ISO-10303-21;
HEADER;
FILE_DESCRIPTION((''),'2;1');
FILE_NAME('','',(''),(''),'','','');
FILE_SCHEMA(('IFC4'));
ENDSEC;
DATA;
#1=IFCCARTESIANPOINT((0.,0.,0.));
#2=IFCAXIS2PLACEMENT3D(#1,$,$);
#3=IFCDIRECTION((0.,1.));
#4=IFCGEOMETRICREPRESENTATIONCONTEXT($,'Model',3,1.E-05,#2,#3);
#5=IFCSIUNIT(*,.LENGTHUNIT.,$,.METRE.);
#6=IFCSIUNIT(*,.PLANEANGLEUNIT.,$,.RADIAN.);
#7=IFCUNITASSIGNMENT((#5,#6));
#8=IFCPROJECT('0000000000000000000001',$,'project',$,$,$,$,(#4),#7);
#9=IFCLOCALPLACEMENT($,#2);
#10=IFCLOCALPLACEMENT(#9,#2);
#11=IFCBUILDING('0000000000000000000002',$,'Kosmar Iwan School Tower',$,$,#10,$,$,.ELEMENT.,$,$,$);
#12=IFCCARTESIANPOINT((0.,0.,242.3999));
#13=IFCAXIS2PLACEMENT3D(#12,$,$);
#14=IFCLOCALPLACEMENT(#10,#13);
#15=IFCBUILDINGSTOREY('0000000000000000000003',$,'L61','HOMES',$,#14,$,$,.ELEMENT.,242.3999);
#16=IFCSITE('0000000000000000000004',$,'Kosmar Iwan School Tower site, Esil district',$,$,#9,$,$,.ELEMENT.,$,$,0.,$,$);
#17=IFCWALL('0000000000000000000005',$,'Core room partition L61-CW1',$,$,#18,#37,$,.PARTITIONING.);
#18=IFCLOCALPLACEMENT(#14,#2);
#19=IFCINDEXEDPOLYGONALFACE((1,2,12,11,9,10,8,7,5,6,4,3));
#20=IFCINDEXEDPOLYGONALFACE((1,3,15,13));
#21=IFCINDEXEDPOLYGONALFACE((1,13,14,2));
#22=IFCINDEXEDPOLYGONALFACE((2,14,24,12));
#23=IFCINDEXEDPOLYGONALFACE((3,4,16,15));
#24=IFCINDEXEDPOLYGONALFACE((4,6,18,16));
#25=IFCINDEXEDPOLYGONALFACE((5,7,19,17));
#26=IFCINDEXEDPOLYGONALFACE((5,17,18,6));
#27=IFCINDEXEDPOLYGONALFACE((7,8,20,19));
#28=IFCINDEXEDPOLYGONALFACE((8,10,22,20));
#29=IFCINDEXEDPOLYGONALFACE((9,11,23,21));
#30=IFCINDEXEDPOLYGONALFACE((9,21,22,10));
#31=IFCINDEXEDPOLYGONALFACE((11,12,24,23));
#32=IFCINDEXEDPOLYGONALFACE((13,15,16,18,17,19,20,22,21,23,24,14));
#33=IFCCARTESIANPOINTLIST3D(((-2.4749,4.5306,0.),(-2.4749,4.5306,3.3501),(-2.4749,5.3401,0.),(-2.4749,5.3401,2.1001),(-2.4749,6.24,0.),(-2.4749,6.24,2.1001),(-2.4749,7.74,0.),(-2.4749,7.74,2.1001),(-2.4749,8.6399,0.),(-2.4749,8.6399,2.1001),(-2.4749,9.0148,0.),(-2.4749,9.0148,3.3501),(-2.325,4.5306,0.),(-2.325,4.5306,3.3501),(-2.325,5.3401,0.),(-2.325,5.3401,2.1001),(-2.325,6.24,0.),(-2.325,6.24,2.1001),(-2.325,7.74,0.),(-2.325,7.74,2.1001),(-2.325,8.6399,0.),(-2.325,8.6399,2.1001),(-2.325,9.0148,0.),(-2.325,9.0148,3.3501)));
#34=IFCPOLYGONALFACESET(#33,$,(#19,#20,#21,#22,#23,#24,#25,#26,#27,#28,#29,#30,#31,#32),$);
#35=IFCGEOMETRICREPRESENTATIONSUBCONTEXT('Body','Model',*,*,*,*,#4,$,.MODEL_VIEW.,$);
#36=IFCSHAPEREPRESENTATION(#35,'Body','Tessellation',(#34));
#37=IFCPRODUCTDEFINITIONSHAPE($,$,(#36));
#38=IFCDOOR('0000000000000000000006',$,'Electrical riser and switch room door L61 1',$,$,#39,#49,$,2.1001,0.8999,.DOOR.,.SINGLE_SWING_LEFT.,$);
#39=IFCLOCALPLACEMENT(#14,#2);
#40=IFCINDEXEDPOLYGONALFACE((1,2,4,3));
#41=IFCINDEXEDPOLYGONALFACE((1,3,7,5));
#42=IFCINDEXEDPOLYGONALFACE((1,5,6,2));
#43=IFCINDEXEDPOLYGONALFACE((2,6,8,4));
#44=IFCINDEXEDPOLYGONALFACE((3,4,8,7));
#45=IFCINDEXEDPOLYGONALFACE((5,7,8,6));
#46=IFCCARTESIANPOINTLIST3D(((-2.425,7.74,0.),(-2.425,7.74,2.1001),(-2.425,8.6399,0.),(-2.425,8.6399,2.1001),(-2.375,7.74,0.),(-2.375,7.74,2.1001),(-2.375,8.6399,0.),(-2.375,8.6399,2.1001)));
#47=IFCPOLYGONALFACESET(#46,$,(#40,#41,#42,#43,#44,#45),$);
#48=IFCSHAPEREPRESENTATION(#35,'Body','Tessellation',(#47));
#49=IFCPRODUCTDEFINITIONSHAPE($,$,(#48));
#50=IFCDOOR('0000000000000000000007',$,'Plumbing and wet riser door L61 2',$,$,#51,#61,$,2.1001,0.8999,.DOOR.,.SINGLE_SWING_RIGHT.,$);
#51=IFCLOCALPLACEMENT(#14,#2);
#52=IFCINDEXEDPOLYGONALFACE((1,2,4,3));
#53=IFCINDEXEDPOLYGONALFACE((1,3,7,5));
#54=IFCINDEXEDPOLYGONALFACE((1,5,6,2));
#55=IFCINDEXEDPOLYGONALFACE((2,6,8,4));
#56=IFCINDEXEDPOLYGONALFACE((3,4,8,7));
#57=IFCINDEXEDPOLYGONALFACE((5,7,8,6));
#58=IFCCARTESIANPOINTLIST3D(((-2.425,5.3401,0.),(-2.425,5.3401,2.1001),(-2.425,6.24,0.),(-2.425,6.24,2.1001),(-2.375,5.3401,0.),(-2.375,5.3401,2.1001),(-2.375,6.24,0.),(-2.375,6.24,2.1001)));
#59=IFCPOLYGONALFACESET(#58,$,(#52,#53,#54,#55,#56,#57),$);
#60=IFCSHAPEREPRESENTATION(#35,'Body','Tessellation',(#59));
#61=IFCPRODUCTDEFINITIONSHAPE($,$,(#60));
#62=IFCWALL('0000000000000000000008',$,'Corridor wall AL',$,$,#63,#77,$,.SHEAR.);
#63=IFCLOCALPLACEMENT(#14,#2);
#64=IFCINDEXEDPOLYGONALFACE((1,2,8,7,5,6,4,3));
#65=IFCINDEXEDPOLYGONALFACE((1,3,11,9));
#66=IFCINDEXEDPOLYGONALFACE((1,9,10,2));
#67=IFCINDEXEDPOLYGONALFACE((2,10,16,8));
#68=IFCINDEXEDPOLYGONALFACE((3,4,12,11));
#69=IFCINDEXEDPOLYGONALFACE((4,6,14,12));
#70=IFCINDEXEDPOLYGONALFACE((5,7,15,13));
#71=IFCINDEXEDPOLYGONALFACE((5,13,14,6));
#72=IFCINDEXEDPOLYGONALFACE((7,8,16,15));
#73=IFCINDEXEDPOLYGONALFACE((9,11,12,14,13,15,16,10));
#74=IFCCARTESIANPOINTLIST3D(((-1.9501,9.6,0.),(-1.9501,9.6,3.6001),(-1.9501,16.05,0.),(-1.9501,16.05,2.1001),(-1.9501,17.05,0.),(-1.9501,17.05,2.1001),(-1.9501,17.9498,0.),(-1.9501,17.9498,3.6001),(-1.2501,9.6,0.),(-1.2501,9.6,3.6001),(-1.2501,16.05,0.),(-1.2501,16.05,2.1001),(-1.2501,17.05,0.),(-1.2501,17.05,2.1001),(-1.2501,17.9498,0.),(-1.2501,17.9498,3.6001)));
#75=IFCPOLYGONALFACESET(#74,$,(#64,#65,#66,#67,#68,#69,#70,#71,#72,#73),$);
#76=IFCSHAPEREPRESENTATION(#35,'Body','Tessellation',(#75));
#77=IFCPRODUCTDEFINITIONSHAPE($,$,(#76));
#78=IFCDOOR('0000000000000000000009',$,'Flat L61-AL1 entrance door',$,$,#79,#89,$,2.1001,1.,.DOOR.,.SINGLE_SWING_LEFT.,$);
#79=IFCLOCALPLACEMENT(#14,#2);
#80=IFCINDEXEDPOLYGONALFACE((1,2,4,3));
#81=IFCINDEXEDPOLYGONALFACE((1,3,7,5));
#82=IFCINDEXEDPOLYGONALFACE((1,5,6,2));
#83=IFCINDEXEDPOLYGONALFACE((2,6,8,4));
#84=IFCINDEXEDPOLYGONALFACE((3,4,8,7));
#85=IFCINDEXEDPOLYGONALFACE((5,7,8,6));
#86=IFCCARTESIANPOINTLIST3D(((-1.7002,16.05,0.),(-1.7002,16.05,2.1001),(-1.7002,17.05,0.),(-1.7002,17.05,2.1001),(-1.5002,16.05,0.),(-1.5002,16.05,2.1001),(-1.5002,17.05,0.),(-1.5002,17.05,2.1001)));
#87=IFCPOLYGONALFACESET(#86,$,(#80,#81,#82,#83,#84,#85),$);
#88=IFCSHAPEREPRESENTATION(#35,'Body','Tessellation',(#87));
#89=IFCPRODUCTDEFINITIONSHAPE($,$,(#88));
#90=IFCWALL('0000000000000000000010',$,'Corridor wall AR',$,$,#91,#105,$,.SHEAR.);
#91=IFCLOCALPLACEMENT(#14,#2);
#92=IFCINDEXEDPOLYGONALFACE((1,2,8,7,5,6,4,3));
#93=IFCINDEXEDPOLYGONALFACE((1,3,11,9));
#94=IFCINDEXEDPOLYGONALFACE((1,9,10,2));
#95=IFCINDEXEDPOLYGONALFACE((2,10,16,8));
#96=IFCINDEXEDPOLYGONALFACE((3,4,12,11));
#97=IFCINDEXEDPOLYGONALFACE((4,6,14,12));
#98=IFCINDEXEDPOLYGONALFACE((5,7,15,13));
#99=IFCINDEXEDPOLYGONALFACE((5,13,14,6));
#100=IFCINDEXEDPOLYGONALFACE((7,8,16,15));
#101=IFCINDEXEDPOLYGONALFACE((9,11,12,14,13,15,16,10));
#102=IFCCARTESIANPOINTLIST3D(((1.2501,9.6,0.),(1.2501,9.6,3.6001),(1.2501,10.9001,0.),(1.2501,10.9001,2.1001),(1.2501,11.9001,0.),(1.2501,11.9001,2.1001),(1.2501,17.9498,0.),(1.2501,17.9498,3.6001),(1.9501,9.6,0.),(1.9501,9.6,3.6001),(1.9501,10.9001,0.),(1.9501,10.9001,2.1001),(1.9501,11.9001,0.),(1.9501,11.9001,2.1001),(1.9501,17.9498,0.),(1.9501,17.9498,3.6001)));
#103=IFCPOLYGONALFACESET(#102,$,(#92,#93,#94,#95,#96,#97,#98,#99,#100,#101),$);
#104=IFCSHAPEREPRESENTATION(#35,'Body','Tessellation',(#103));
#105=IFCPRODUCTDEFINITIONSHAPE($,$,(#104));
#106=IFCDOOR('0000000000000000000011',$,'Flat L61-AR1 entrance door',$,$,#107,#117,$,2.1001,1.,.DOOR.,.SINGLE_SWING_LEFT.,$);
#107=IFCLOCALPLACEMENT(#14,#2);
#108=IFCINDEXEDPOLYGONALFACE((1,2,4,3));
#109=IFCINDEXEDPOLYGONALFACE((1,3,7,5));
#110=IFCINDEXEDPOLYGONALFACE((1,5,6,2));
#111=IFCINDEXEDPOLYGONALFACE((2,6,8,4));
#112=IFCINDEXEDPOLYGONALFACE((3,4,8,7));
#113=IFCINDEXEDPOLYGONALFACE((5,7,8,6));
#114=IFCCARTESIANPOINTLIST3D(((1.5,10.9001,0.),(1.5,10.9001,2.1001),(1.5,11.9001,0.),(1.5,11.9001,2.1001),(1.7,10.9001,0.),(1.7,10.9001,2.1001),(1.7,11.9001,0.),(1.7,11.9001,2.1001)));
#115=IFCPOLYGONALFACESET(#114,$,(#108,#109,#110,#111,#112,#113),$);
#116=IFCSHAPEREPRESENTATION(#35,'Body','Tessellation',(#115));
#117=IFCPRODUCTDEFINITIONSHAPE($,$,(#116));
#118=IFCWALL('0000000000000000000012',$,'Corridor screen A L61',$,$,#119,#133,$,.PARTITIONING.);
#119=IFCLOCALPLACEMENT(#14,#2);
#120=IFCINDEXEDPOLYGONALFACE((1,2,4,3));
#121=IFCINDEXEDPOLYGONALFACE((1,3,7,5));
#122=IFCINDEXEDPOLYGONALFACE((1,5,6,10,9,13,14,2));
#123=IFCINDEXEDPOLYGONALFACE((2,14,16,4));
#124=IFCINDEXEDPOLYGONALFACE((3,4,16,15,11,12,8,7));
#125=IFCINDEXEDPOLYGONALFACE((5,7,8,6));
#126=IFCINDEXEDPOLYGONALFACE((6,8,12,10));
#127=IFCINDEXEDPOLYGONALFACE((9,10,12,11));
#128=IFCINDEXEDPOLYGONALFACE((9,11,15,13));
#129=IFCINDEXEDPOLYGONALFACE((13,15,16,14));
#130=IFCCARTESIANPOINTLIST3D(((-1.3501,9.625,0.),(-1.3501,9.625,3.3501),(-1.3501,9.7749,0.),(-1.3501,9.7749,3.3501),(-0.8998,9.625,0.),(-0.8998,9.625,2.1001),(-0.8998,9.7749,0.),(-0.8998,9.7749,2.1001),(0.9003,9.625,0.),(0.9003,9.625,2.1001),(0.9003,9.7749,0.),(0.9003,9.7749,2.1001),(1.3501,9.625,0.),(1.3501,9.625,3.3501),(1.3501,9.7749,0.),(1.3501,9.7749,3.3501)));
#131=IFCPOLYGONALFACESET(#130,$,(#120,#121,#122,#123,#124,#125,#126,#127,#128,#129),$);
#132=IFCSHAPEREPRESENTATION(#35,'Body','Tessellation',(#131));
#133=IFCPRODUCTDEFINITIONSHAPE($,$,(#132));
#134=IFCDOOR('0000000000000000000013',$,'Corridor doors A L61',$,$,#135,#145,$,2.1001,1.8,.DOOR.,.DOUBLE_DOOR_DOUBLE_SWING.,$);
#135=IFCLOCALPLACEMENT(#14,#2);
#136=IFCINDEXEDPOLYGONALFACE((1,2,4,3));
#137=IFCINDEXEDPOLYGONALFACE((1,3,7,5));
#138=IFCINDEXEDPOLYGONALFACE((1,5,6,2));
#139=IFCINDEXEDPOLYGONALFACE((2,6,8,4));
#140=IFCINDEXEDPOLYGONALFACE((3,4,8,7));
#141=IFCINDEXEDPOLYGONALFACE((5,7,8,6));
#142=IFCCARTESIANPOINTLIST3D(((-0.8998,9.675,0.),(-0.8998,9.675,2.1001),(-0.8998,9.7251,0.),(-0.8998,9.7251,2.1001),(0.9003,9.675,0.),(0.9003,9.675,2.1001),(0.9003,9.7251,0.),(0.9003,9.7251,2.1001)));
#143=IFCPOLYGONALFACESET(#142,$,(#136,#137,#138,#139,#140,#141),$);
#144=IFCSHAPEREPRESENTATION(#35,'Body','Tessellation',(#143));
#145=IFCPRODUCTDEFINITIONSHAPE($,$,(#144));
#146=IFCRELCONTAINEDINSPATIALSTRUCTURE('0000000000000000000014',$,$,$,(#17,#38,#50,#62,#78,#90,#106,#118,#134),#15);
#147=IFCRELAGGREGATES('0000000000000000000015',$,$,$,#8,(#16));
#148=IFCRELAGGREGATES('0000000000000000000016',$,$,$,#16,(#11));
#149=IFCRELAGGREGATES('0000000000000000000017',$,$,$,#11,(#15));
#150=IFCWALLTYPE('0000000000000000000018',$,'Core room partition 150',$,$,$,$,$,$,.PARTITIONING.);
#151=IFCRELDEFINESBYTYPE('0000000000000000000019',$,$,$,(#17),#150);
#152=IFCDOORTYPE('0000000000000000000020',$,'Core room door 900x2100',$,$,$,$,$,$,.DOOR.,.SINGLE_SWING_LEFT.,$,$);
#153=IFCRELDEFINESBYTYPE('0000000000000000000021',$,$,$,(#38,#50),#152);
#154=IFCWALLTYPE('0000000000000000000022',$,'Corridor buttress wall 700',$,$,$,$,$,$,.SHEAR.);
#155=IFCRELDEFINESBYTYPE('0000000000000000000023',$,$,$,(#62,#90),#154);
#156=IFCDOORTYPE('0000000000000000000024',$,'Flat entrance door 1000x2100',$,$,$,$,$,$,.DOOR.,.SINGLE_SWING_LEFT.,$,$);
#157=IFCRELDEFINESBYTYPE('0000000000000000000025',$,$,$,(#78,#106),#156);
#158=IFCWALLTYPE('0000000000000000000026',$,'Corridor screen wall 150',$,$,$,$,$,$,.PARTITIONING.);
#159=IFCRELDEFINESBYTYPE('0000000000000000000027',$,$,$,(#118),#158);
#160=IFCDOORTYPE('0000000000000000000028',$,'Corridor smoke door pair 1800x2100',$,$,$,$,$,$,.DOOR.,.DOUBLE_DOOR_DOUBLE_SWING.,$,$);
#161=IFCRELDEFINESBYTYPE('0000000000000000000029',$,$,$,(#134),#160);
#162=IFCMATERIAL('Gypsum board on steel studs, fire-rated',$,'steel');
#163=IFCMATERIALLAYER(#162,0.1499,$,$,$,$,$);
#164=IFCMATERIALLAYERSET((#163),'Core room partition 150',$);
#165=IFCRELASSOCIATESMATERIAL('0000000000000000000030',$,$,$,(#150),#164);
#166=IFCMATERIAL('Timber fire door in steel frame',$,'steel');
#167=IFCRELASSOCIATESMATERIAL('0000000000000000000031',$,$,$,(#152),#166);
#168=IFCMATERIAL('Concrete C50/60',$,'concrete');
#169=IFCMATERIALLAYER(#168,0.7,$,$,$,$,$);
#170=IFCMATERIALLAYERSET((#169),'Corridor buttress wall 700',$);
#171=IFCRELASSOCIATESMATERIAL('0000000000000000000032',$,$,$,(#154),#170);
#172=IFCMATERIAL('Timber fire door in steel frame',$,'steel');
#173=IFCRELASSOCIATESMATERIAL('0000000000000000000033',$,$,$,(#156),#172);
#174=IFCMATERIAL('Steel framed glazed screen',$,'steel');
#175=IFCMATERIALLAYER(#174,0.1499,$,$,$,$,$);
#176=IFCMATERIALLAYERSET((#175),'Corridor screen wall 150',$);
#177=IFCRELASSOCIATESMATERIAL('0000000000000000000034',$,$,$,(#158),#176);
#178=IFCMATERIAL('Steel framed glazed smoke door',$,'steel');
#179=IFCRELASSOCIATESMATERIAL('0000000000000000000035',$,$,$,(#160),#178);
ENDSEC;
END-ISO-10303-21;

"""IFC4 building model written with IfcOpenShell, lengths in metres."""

from ifc_helpers import new_model, si_unit, direction, frame, frame_2d, origin, place, context, subcontext, project, spatial, rectangle, extrude, material, layer, layer_set, type_object, element, fill, save


model = new_model("IFC4")

# Units and contexts
model_context = context("Model", 3, precision=1e-05, world=origin(), true_north=direction((0.0, 1.0)))
body_context = subcontext(model_context, "Body", "Model", "MODEL_VIEW")
ifc_project = project(units=[si_unit("LENGTHUNIT", "METRE"), si_unit("PLANEANGLEUNIT", "RADIAN")], contexts=[model_context])

# Site, building, storey
site_placement = place(None, origin())
site = spatial("IfcSite", under=ifc_project, at=site_placement, Name="Kosmar Iwan School Tower site, Esil district", CompositionType="ELEMENT", RefElevation=0.0)
building_placement = place(site_placement, origin())
building = spatial("IfcBuilding", under=site, at=building_placement, Name="Kosmar Iwan School Tower", CompositionType="ELEMENT")
storey_placement = place(building_placement, frame((0.0, 0.0, 242.3999)))
storey = spatial("IfcBuildingStorey", under=building, at=storey_placement, Name="L61", Description="HOMES", CompositionType="ELEMENT", Elevation=242.3999)

# Wall, openings, doors
ifc_material_1 = material(Name="Gypsum board on steel studs, fire-rated", Category="steel")
ifc_layer_1 = layer(ifc_material_1, 0.1499)
ifc_layer_set_1 = layer_set([ifc_layer_1], Name="Core room partition 150")
wall_type_1 = type_object("IfcWallType", Name="Core room partition 150", PredefinedType="PARTITIONING", material=ifc_layer_set_1)
wall_1_placement = place(storey_placement, frame((-2.3999, 9.0149, 0.0), z_axis=(0.0, 0.0, 1.0), x_axis=(0.0, -1.0, 0.0)))
wall_1 = element("IfcWall", 1, at=wall_1_placement, inside=storey, type_object=wall_type_1, Name="Core room partition L61-CW1", PredefinedType="PARTITIONING", context=body_context, shape_type="SweptSolid", body=[
    extrude(rectangle(XDim=4.4841, YDim=0.1499, at=frame_2d((2.2422, 0.0))), origin(), (0.0, 0.0, 1.0), 3.3501),
])
opening_1_placement = place(wall_1_placement, frame((0.375, 0.0, 0.0)))
opening_1 = element("IfcOpeningElement", 2, at=opening_1_placement, cuts=wall_1, PredefinedType="OPENING", context=body_context, shape_type="SweptSolid", body=[
    extrude(rectangle(XDim=0.8999, YDim=2.1001, at=frame_2d((0.45, 1.05))), frame((0.0, 0.0869, 0.0), z_axis=(0.0, -1.0, 0.0), x_axis=(1.0, 0.0, 0.0)), (0.0, 0.0, 1.0), 0.1738),
])
opening_2_placement = place(wall_1_placement, frame((2.7749, 0.0, 0.0)))
opening_2 = element("IfcOpeningElement", 3, at=opening_2_placement, cuts=wall_1, PredefinedType="OPENING", context=body_context, shape_type="SweptSolid", body=[
    extrude(rectangle(XDim=0.8999, YDim=2.1001, at=frame_2d((0.45, 1.05))), frame((0.0, 0.0869, 0.0), z_axis=(0.0, -1.0, 0.0), x_axis=(1.0, 0.0, 0.0)), (0.0, 0.0, 1.0), 0.1738),
])
ifc_material_2 = material(Name="Timber fire door in steel frame", Category="steel")
door_type_1 = type_object("IfcDoorType", Name="Core room door 900x2100", OperationType="SINGLE_SWING_LEFT", PredefinedType="DOOR", material=ifc_material_2)
door_1_placement = place(opening_1_placement, origin())
door_1 = element("IfcDoor", 4, at=door_1_placement, inside=storey, type_object=door_type_1, Name="Electrical riser and switch room door L61 1", OperationType="SINGLE_SWING_LEFT", OverallHeight=2.1001, OverallWidth=0.8999, PredefinedType="DOOR", context=body_context, shape_type="SweptSolid", body=[
    extrude(rectangle(XDim=0.8999, YDim=2.1001, at=frame_2d((0.45, 1.05))), frame((0.0, 0.0249, 0.0), z_axis=(0.0, -1.0, 0.0), x_axis=(1.0, 0.0, 0.0)), (0.0, 0.0, 1.0), 0.05),
])
fill(opening_1, door_1)
door_2_placement = place(opening_2_placement, origin())
door_2 = element("IfcDoor", 5, at=door_2_placement, inside=storey, type_object=door_type_1, Name="Plumbing and wet riser door L61 2", OperationType="SINGLE_SWING_RIGHT", OverallHeight=2.1001, OverallWidth=0.8999, PredefinedType="DOOR", context=body_context, shape_type="SweptSolid", body=[
    extrude(rectangle(XDim=0.8999, YDim=2.1001, at=frame_2d((0.45, 1.05))), frame((0.0, 0.0249, 0.0), z_axis=(0.0, -1.0, 0.0), x_axis=(1.0, 0.0, 0.0)), (0.0, 0.0, 1.0), 0.05),
])
fill(opening_2, door_2)

# Walls, openings, doors
ifc_material_3 = material(Name="Concrete C50/60", Category="concrete")
ifc_layer_2 = layer(ifc_material_3, 0.7)
ifc_layer_set_2 = layer_set([ifc_layer_2], Name="Corridor buttress wall 700")
wall_type_2 = type_object("IfcWallType", Name="Corridor buttress wall 700", PredefinedType="SHEAR", material=ifc_layer_set_2)
wall_2_placement = place(storey_placement, frame((-1.6001, 9.6001, 0.0), z_axis=(0.0, 0.0, 1.0), x_axis=(0.0, 1.0, 0.0)))
wall_2 = element("IfcWall", 6, at=wall_2_placement, inside=storey, type_object=wall_type_2, Name="Corridor wall AL", PredefinedType="SHEAR", context=body_context, shape_type="SweptSolid", body=[
    extrude(rectangle(XDim=8.3499, YDim=0.7, at=frame_2d((4.1748, 0.0))), origin(), (0.0, 0.0, 1.0), 3.6001),
])
opening_3_placement = place(wall_2_placement, frame((6.45, 0.0, 0.0)))
opening_3 = element("IfcOpeningElement", 7, at=opening_3_placement, cuts=wall_2, PredefinedType="OPENING", context=body_context, shape_type="SweptSolid", body=[
    extrude(rectangle(XDim=1.0, YDim=2.1001, at=frame_2d((0.5, 1.05))), frame((0.0, 0.3621, 0.0), z_axis=(0.0, -1.0, 0.0), x_axis=(1.0, 0.0, 0.0)), (0.0, 0.0, 1.0), 0.7239),
])
ifc_material_4 = material(Name="Timber fire door in steel frame", Category="steel")
door_type_2 = type_object("IfcDoorType", Name="Flat entrance door 1000x2100", OperationType="SINGLE_SWING_LEFT", PredefinedType="DOOR", material=ifc_material_4)
door_3_placement = place(opening_3_placement, origin())
door_3 = element("IfcDoor", 8, at=door_3_placement, inside=storey, type_object=door_type_2, Name="Flat L61-AL1 entrance door", OperationType="SINGLE_SWING_LEFT", OverallHeight=2.1001, OverallWidth=1.0, PredefinedType="DOOR", context=body_context, shape_type="SweptSolid", body=[
    extrude(rectangle(XDim=1.0, YDim=2.1001, at=frame_2d((0.5, 1.05))), frame((0.0, 0.1001, 0.0), z_axis=(0.0, -1.0, 0.0), x_axis=(1.0, 0.0, 0.0)), (0.0, 0.0, 1.0), 0.2),
])
fill(opening_3, door_3)
wall_3_placement = place(storey_placement, frame((1.6001, 9.6001, 0.0), z_axis=(0.0, 0.0, 1.0), x_axis=(0.0, 1.0, 0.0)))
wall_3 = element("IfcWall", 9, at=wall_3_placement, inside=storey, type_object=wall_type_2, Name="Corridor wall AR", PredefinedType="SHEAR", context=body_context, shape_type="SweptSolid", body=[
    extrude(rectangle(XDim=8.3499, YDim=0.7, at=frame_2d((4.1748, 0.0))), origin(), (0.0, 0.0, 1.0), 3.6001),
])
opening_4_placement = place(wall_3_placement, frame((1.3, 0.0, 0.0)))
opening_4 = element("IfcOpeningElement", 10, at=opening_4_placement, cuts=wall_3, PredefinedType="OPENING", context=body_context, shape_type="SweptSolid", body=[
    extrude(rectangle(XDim=1.0, YDim=2.1001, at=frame_2d((0.5, 1.05))), frame((0.0, 0.3621, 0.0), z_axis=(0.0, -1.0, 0.0), x_axis=(1.0, 0.0, 0.0)), (0.0, 0.0, 1.0), 0.7239),
])
door_4_placement = place(opening_4_placement, origin())
door_4 = element("IfcDoor", 11, at=door_4_placement, inside=storey, type_object=door_type_2, Name="Flat L61-AR1 entrance door", OperationType="SINGLE_SWING_LEFT", OverallHeight=2.1001, OverallWidth=1.0, PredefinedType="DOOR", context=body_context, shape_type="SweptSolid", body=[
    extrude(rectangle(XDim=1.0, YDim=2.1001, at=frame_2d((0.5, 1.05))), frame((0.0, 0.1001, 0.0), z_axis=(0.0, -1.0, 0.0), x_axis=(1.0, 0.0, 0.0)), (0.0, 0.0, 1.0), 0.2),
])
fill(opening_4, door_4)
ifc_material_5 = material(Name="Steel framed glazed screen", Category="steel")
ifc_layer_3 = layer(ifc_material_5, 0.1499)
ifc_layer_set_3 = layer_set([ifc_layer_3], Name="Corridor screen wall 150")
wall_type_3 = type_object("IfcWallType", Name="Corridor screen wall 150", PredefinedType="PARTITIONING", material=ifc_layer_set_3)
wall_4_placement = place(storey_placement, frame((1.3501, 9.7, 0.0), z_axis=(0.0, 0.0, 1.0), x_axis=(-1.0, 0.0, 0.0)))
wall_4 = element("IfcWall", 12, at=wall_4_placement, inside=storey, type_object=wall_type_3, Name="Corridor screen A L61", PredefinedType="PARTITIONING", context=body_context, shape_type="SweptSolid", body=[
    extrude(rectangle(XDim=2.7002, YDim=0.1499, at=frame_2d((1.3501, 0.0))), origin(), (0.0, 0.0, 1.0), 3.3501),
])
opening_5_placement = place(wall_4_placement, frame((0.45, 0.0, 0.0)))
opening_5 = element("IfcOpeningElement", 13, at=opening_5_placement, cuts=wall_4, PredefinedType="OPENING", context=body_context, shape_type="SweptSolid", body=[
    extrude(rectangle(XDim=1.8, YDim=2.1001, at=frame_2d((0.8999, 1.05))), frame((0.0, 0.0869, 0.0), z_axis=(0.0, -1.0, 0.0), x_axis=(1.0, 0.0, 0.0)), (0.0, 0.0, 1.0), 0.1738),
])
ifc_material_6 = material(Name="Steel framed glazed smoke door", Category="steel")
door_type_3 = type_object("IfcDoorType", Name="Corridor smoke door pair 1800x2100", OperationType="DOUBLE_DOOR_DOUBLE_SWING", PredefinedType="DOOR", material=ifc_material_6)
door_5_placement = place(opening_5_placement, origin())
door_5 = element("IfcDoor", 14, at=door_5_placement, inside=storey, type_object=door_type_3, Name="Corridor doors A L61", OperationType="DOUBLE_DOOR_DOUBLE_SWING", OverallHeight=2.1001, OverallWidth=1.8, PredefinedType="DOOR", context=body_context, shape_type="SweptSolid", body=[
    extrude(rectangle(XDim=1.8, YDim=2.1001, at=frame_2d((0.8999, 1.05))), frame((0.0, 0.0249, 0.0), z_axis=(0.0, -1.0, 0.0), x_axis=(1.0, 0.0, 0.0)), (0.0, 0.0, 1.0), 0.05),
])
fill(opening_5, door_5)

save(model, "model.ifc")
